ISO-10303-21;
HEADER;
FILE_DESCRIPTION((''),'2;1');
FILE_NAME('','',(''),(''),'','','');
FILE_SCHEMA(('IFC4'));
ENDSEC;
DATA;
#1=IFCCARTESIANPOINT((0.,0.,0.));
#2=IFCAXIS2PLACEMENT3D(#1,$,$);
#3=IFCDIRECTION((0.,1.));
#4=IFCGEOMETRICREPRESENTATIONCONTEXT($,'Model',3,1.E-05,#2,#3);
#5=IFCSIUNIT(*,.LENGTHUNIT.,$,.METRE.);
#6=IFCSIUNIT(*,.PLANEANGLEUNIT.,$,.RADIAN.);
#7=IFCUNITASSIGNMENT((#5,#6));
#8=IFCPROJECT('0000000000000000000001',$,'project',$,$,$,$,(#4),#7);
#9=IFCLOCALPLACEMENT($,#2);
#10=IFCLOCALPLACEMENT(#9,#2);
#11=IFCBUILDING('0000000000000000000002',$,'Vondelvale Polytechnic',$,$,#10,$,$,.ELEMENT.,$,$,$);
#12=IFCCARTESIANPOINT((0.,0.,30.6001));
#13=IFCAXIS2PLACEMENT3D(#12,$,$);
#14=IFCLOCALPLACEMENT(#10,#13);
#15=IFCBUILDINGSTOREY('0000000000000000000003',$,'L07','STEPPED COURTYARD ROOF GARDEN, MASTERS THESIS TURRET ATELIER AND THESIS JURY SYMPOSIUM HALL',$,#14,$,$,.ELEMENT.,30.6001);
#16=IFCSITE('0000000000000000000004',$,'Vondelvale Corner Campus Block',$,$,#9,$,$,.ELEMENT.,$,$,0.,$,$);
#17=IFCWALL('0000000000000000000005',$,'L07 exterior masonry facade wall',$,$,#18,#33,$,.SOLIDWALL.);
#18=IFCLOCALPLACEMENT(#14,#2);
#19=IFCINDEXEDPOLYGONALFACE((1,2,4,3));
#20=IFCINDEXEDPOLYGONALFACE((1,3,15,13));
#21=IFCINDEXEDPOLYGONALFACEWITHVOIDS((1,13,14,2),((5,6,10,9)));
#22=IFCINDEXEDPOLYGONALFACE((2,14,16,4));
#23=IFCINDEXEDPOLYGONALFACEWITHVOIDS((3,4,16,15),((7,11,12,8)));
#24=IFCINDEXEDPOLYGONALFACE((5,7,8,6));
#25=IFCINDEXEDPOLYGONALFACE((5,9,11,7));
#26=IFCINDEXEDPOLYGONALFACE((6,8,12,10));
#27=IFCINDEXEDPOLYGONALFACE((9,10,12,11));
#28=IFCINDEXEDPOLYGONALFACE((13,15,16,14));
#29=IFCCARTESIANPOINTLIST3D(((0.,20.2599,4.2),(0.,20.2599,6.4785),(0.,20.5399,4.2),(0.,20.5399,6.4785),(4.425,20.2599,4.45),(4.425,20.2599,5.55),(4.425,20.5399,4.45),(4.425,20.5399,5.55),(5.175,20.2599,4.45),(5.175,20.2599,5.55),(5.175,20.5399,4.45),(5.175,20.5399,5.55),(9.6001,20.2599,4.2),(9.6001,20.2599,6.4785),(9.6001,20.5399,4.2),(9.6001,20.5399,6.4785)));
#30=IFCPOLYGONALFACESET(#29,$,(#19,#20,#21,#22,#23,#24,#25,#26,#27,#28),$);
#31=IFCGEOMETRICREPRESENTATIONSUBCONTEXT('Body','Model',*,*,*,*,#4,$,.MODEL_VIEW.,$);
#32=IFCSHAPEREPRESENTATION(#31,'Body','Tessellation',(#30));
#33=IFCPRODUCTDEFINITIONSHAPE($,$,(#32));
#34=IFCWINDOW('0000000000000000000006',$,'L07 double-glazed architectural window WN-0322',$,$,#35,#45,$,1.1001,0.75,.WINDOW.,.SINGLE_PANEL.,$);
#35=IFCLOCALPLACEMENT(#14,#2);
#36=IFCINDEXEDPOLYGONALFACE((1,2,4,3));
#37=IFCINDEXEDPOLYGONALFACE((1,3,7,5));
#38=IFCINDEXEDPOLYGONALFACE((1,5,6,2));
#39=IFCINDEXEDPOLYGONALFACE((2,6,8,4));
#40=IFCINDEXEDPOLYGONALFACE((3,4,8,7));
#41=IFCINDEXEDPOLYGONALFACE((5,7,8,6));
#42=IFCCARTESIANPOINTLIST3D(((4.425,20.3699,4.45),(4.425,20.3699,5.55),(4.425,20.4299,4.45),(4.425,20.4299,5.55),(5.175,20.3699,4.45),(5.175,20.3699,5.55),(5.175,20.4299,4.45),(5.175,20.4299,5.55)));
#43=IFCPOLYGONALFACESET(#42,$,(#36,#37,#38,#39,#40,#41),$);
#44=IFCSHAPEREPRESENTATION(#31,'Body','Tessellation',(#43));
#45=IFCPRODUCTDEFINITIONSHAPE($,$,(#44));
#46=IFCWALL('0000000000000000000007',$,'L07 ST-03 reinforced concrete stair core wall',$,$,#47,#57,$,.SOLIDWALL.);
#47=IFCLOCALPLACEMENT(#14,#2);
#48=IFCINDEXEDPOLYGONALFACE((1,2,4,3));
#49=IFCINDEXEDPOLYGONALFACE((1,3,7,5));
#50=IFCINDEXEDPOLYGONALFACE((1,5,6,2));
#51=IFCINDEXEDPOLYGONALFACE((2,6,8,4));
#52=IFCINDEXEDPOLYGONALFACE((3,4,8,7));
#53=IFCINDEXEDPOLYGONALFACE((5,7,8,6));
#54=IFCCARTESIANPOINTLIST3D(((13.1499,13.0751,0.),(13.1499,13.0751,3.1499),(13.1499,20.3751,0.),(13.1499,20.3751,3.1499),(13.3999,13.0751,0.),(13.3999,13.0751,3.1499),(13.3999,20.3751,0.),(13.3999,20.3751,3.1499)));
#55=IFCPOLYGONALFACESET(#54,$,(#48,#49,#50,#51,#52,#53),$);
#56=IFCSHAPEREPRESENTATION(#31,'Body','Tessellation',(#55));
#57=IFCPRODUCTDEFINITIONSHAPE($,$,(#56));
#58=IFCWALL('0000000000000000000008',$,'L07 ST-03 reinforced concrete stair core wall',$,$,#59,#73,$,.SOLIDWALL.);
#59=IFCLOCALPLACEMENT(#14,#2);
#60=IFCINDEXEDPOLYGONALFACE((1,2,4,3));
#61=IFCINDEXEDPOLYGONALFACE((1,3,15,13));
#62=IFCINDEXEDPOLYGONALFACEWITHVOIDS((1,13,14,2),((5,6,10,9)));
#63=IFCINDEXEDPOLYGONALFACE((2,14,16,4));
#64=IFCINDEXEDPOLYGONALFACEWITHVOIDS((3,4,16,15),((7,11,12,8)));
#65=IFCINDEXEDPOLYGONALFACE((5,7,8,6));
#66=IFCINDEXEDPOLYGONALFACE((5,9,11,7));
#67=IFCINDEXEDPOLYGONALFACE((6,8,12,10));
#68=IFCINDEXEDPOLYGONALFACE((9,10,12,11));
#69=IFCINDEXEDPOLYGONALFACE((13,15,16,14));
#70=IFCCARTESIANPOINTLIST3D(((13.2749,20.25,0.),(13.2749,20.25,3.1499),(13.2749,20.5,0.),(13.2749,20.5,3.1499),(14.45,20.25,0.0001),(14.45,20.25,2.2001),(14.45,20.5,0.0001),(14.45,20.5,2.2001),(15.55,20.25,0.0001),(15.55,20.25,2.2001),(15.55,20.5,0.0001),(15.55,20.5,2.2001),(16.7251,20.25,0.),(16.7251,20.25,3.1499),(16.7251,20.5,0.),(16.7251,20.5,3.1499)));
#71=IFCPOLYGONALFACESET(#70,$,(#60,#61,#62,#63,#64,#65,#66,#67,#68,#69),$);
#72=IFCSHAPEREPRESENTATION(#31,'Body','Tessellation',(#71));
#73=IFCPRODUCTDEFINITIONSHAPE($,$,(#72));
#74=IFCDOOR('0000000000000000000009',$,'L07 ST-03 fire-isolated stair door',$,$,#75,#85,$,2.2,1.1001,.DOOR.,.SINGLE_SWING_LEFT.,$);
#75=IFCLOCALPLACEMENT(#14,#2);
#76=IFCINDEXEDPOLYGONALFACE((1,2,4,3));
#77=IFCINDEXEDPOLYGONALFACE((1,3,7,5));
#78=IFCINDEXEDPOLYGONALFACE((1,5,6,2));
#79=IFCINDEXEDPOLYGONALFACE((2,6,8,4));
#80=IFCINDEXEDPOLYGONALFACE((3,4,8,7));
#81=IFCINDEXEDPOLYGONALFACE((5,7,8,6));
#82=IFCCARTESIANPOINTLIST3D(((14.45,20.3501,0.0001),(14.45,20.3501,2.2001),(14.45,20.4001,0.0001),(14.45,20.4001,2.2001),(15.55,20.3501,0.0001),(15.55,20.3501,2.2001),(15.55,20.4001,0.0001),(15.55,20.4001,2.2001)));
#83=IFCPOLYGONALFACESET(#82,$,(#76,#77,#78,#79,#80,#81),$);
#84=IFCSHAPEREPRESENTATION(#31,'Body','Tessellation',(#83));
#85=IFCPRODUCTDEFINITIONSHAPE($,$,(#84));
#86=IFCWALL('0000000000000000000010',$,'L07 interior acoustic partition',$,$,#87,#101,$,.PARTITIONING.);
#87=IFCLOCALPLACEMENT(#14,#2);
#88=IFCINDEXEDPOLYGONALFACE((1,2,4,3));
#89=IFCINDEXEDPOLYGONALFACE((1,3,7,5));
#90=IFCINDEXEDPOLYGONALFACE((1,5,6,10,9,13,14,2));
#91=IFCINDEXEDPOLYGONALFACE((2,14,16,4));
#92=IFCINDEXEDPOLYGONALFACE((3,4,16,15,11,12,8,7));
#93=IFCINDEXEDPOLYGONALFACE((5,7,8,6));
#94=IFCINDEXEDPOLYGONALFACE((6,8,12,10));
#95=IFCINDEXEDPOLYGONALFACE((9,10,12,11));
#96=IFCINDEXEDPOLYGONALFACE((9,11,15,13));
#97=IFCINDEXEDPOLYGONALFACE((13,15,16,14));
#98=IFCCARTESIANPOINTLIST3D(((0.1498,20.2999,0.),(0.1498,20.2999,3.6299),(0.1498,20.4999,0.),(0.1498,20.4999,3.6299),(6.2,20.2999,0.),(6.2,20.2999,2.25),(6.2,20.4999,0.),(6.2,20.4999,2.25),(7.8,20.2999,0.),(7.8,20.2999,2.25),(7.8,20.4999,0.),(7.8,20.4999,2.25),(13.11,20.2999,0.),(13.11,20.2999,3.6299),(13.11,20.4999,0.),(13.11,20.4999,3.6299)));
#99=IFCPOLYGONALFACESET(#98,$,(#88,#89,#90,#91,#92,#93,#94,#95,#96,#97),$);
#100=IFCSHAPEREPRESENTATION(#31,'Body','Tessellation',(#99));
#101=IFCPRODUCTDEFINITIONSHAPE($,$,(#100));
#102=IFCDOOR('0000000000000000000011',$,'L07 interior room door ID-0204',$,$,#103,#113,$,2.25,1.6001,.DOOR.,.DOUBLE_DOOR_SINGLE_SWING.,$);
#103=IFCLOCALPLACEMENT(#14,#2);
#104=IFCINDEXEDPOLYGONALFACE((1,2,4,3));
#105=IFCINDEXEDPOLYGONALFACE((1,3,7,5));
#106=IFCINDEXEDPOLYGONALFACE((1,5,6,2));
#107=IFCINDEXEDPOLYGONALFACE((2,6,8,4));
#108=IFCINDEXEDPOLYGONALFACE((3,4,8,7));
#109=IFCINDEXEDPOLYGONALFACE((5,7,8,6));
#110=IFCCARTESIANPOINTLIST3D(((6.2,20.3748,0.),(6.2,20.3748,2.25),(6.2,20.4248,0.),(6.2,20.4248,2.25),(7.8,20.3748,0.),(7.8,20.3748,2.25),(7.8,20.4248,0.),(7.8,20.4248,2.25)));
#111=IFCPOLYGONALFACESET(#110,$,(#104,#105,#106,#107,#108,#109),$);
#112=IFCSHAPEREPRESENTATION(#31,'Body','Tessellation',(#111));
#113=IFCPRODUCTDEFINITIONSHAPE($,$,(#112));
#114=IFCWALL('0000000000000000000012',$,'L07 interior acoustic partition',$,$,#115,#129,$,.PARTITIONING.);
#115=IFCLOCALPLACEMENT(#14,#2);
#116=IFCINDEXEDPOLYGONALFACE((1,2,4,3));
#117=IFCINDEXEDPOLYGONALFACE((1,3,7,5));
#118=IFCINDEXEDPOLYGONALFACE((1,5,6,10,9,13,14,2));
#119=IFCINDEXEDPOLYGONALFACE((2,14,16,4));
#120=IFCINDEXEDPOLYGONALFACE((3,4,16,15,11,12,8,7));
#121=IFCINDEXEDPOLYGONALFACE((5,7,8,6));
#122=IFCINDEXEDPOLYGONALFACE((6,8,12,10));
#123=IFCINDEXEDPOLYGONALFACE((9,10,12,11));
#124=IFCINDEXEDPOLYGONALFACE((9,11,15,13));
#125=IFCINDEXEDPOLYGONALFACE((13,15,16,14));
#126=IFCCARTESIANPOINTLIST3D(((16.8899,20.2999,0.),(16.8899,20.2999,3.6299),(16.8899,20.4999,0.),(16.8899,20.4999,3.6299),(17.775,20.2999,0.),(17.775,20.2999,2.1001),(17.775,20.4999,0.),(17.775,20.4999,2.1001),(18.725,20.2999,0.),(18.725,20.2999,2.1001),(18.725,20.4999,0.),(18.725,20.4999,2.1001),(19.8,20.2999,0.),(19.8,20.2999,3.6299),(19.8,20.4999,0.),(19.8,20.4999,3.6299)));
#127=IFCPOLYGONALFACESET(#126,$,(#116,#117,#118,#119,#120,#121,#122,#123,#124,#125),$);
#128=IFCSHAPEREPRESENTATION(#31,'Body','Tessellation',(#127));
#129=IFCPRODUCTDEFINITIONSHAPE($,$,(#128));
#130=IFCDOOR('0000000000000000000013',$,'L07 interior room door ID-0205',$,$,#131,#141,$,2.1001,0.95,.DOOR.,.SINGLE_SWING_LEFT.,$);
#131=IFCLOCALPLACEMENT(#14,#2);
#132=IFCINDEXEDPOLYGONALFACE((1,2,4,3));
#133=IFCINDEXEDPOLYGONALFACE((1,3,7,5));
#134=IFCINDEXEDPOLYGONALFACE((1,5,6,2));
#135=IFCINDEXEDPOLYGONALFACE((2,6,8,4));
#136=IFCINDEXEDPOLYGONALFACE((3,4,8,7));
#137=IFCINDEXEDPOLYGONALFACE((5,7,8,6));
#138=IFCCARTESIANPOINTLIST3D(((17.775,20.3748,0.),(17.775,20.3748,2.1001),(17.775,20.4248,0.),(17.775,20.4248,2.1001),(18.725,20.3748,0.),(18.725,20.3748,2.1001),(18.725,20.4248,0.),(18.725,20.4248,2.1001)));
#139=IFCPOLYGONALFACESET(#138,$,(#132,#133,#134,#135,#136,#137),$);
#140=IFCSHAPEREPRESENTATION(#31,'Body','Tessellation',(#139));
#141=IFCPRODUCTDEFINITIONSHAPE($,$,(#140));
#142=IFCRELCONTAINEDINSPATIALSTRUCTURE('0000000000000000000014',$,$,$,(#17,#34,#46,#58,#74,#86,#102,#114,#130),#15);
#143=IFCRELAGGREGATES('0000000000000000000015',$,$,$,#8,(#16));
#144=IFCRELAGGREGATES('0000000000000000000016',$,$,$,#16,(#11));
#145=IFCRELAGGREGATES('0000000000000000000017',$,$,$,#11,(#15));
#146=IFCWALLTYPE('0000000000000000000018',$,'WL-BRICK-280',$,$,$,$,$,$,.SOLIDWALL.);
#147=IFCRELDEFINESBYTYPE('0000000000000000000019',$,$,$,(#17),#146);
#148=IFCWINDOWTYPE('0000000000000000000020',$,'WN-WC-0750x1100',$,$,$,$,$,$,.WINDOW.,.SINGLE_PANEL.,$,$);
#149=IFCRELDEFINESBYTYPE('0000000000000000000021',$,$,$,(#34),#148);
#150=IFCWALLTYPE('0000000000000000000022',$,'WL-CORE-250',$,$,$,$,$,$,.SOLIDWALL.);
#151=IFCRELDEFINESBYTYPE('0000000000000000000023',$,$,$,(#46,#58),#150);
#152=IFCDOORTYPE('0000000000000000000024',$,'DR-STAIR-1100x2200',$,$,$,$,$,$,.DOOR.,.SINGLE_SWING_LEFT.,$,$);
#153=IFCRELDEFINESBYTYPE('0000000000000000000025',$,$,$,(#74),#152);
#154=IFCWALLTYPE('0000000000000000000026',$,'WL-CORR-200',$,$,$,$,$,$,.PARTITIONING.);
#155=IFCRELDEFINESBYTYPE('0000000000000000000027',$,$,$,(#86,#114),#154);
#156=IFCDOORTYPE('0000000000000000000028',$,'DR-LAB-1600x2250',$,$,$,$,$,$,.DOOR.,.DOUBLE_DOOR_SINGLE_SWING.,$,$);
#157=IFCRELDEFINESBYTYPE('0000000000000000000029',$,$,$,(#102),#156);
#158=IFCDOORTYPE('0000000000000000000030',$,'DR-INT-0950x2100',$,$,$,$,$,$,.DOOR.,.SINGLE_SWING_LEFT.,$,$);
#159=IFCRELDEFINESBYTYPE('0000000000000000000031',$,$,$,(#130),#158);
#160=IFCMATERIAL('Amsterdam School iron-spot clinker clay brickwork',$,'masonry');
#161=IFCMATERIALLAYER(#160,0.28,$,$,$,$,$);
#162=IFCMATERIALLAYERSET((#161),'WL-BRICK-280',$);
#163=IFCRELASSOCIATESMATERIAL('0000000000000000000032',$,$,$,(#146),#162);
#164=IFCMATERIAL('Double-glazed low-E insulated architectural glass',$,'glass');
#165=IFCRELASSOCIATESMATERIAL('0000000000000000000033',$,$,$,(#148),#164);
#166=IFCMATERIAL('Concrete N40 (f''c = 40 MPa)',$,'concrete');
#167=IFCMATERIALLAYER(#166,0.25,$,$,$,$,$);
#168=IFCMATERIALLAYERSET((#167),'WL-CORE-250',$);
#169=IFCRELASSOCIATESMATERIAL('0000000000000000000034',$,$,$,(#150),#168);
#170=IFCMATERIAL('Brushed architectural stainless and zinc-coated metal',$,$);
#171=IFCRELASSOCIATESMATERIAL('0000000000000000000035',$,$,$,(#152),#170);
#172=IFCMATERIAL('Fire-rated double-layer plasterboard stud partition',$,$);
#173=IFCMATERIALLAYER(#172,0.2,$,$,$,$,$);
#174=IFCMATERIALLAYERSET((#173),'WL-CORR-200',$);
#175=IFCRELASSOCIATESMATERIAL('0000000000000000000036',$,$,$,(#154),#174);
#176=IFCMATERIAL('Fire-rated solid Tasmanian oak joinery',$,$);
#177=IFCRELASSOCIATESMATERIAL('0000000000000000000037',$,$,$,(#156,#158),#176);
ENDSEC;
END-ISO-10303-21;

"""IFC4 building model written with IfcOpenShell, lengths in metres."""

from ifc_helpers import new_model, si_unit, direction, frame, frame_2d, origin, place, context, subcontext, project, spatial, rectangle, extrude, material, layer, layer_set, type_object, element, fill, save


model = new_model("IFC4")

# Units and contexts
model_context = context("Model", 3, precision=1e-05, world=origin(), true_north=direction((0.0, 1.0)))
body_context = subcontext(model_context, "Body", "Model", "MODEL_VIEW")
ifc_project = project(units=[si_unit("LENGTHUNIT", "METRE"), si_unit("PLANEANGLEUNIT", "RADIAN")], contexts=[model_context])

# Site, building, storey
site_placement = place(None, origin())
site = spatial("IfcSite", under=ifc_project, at=site_placement, Name="Vondelvale Corner Campus Block", CompositionType="ELEMENT", RefElevation=0.0)
building_placement = place(site_placement, origin())
building = spatial("IfcBuilding", under=site, at=building_placement, Name="Vondelvale Polytechnic", CompositionType="ELEMENT")
storey_placement = place(building_placement, frame((0.0, 0.0, 30.6001)))
storey = spatial("IfcBuildingStorey", under=building, at=storey_placement, Name="L07", Description="STEPPED COURTYARD ROOF GARDEN, MASTERS THESIS TURRET ATELIER AND THESIS JURY SYMPOSIUM HALL", CompositionType="ELEMENT", Elevation=30.6001)

# Shared definitions
ifc_material_1 = material(Name="Concrete N40 (f'c = 40 MPa)", Category="concrete")

# Shared definitions
ifc_material_2 = material(Name="Amsterdam School iron-spot clinker clay brickwork", Category="masonry")
ifc_layer_1 = layer(ifc_material_2, 0.28)
ifc_layer_set_1 = layer_set([ifc_layer_1], Name="WL-BRICK-280")
wall_type_1 = type_object("IfcWallType", Name="WL-BRICK-280", PredefinedType="SOLIDWALL", material=ifc_layer_set_1)
ifc_material_3 = material(Name="Double-glazed low-E insulated architectural glass", Category="glass")

# Wall, opening, window
wall_1_placement = place(storey_placement, frame((9.6001, 20.3999, 4.2), z_axis=(0.0, 0.0, 1.0), x_axis=(-1.0, 0.0, 0.0)))
wall_1 = element("IfcWall", 1, at=wall_1_placement, inside=storey, type_object=wall_type_1, Name="L07 exterior masonry facade wall", PredefinedType="SOLIDWALL", context=body_context, shape_type="SweptSolid", body=[
    extrude(rectangle(XDim=9.6001, YDim=0.28, at=frame_2d((4.8, 0.0))), origin(), (0.0, 0.0, 1.0), 2.2786),
])
opening_1_placement = place(wall_1_placement, frame((4.425, 0.0, 0.25)))
opening_1 = element("IfcOpeningElement", 2, at=opening_1_placement, cuts=wall_1, PredefinedType="OPENING", context=body_context, shape_type="SweptSolid", body=[
    extrude(rectangle(XDim=0.75, YDim=1.1001, at=frame_2d((0.375, 0.55))), frame((0.0, 0.1499, 0.0), z_axis=(0.0, -1.0, 0.0), x_axis=(1.0, 0.0, 0.0)), (0.0, 0.0, 1.0), 0.3),
])
window_type_1 = type_object("IfcWindowType", Name="WN-WC-0750x1100", PartitioningType="SINGLE_PANEL", PredefinedType="WINDOW", material=ifc_material_3)
window_1_placement = place(opening_1_placement, origin())
window_1 = element("IfcWindow", 3, at=window_1_placement, inside=storey, type_object=window_type_1, Name="L07 double-glazed architectural window WN-0322", OverallHeight=1.1001, OverallWidth=0.75, PartitioningType="SINGLE_PANEL", PredefinedType="WINDOW", context=body_context, shape_type="SweptSolid", body=[
    extrude(rectangle(XDim=0.75, YDim=1.1001, at=frame_2d((0.375, 0.55))), frame((0.0, 0.03, 0.0), z_axis=(0.0, -1.0, 0.0), x_axis=(1.0, 0.0, 0.0)), (0.0, 0.0, 1.0), 0.0601),
])
fill(opening_1, window_1)

# Wall
ifc_layer_2 = layer(ifc_material_1, 0.25)
ifc_layer_set_2 = layer_set([ifc_layer_2], Name="WL-CORE-250")
wall_type_2 = type_object("IfcWallType", Name="WL-CORE-250", PredefinedType="SOLIDWALL", material=ifc_layer_set_2)
wall_2_placement = place(storey_placement, frame((13.2749, 20.375, 0.0), z_axis=(0.0, 0.0, 1.0), x_axis=(0.0, -1.0, 0.0)))
element("IfcWall", 4, at=wall_2_placement, inside=storey, type_object=wall_type_2, Name="L07 ST-03 reinforced concrete stair core wall", PredefinedType="SOLIDWALL", context=body_context, shape_type="SweptSolid", body=[
    extrude(rectangle(XDim=7.3, YDim=0.25, at=frame_2d((3.6499, 0.0))), origin(), (0.0, 0.0, 1.0), 3.1499),
])

# Walls, openings, doors
wall_3_placement = place(storey_placement, frame((16.7251, 20.375, 0.0), z_axis=(0.0, 0.0, 1.0), x_axis=(-1.0, 0.0, 0.0)))
wall_3 = element("IfcWall", 5, at=wall_3_placement, inside=storey, type_object=wall_type_2, Name="L07 ST-03 reinforced concrete stair core wall", PredefinedType="SOLIDWALL", context=body_context, shape_type="SweptSolid", body=[
    extrude(rectangle(XDim=3.4502, YDim=0.25, at=frame_2d((1.7251, 0.0))), origin(), (0.0, 0.0, 1.0), 3.1499),
])
opening_2_placement = place(wall_3_placement, frame((1.175, 0.0, 0.0)))
opening_2 = element("IfcOpeningElement", 6, at=opening_2_placement, cuts=wall_3, PredefinedType="OPENING", context=body_context, shape_type="SweptSolid", body=[
    extrude(rectangle(XDim=1.1001, YDim=2.2, at=frame_2d((0.55, 1.1001))), frame((0.0, 0.135, 0.0), z_axis=(0.0, -1.0, 0.0), x_axis=(1.0, 0.0, 0.0)), (0.0, 0.0, 1.0), 0.27),
])
ifc_material_4 = material(Name="Brushed architectural stainless and zinc-coated metal")
door_type_1 = type_object("IfcDoorType", Name="DR-STAIR-1100x2200", OperationType="SINGLE_SWING_LEFT", PredefinedType="DOOR", material=ifc_material_4)
door_1_placement = place(opening_2_placement, origin())
door_1 = element("IfcDoor", 7, at=door_1_placement, inside=storey, type_object=door_type_1, Name="L07 ST-03 fire-isolated stair door", OperationType="SINGLE_SWING_LEFT", OverallHeight=2.2, OverallWidth=1.1001, PredefinedType="DOOR", context=body_context, shape_type="SweptSolid", body=[
    extrude(rectangle(XDim=1.1001, YDim=2.2, at=frame_2d((0.55, 1.1001))), frame((0.0, 0.0249, 0.0), z_axis=(0.0, -1.0, 0.0), x_axis=(1.0, 0.0, 0.0)), (0.0, 0.0, 1.0), 0.05),
])
fill(opening_2, door_1)
ifc_material_5 = material(Name="Fire-rated double-layer plasterboard stud partition")
ifc_layer_3 = layer(ifc_material_5, 0.2)
ifc_layer_set_3 = layer_set([ifc_layer_3], Name="WL-CORR-200")
wall_type_3 = type_object("IfcWallType", Name="WL-CORR-200", PredefinedType="PARTITIONING", material=ifc_layer_set_3)
wall_4_placement = place(storey_placement, frame((0.1499, 20.3999, 0.0), z_axis=(0.0, 0.0, 1.0), x_axis=(1.0, 0.0, 0.0)))
wall_4 = element("IfcWall", 8, at=wall_4_placement, inside=storey, type_object=wall_type_3, Name="L07 interior acoustic partition", PredefinedType="PARTITIONING", context=body_context, shape_type="SweptSolid", body=[
    extrude(rectangle(XDim=12.9602, YDim=0.2, at=frame_2d((6.48, 0.0))), origin(), (0.0, 0.0, 1.0), 3.6299),
])
opening_3_placement = place(wall_4_placement, frame((6.05, 0.0, 0.0)))
opening_3 = element("IfcOpeningElement", 9, at=opening_3_placement, cuts=wall_4, PredefinedType="OPENING", context=body_context, shape_type="SweptSolid", body=[
    extrude(rectangle(XDim=1.6001, YDim=2.25, at=frame_2d((0.8, 1.125))), frame((0.0, 0.1099, 0.0), z_axis=(0.0, -1.0, 0.0), x_axis=(1.0, 0.0, 0.0)), (0.0, 0.0, 1.0), 0.22),
])
ifc_material_6 = material(Name="Fire-rated solid Tasmanian oak joinery")
door_type_2 = type_object("IfcDoorType", Name="DR-LAB-1600x2250", OperationType="DOUBLE_DOOR_SINGLE_SWING", PredefinedType="DOOR", material=ifc_material_6)
door_2_placement = place(opening_3_placement, origin())
door_2 = element("IfcDoor", 10, at=door_2_placement, inside=storey, type_object=door_type_2, Name="L07 interior room door ID-0204", OperationType="DOUBLE_DOOR_SINGLE_SWING", OverallHeight=2.25, OverallWidth=1.6001, PredefinedType="DOOR", context=body_context, shape_type="SweptSolid", body=[
    extrude(rectangle(XDim=1.6001, YDim=2.25, at=frame_2d((0.8, 1.125))), frame((0.0, 0.0249, 0.0), z_axis=(0.0, -1.0, 0.0), x_axis=(1.0, 0.0, 0.0)), (0.0, 0.0, 1.0), 0.05),
])
fill(opening_3, door_2)
wall_5_placement = place(storey_placement, frame((16.8899, 20.3999, 0.0), z_axis=(0.0, 0.0, 1.0), x_axis=(1.0, 0.0, 0.0)))
wall_5 = element("IfcWall", 11, at=wall_5_placement, inside=storey, type_object=wall_type_3, Name="L07 interior acoustic partition", PredefinedType="PARTITIONING", context=body_context, shape_type="SweptSolid", body=[
    extrude(rectangle(XDim=2.9102, YDim=0.2, at=frame_2d((1.4551, 0.0))), origin(), (0.0, 0.0, 1.0), 3.6299),
])
opening_4_placement = place(wall_5_placement, frame((0.885, 0.0, 0.0)))
opening_4 = element("IfcOpeningElement", 12, at=opening_4_placement, cuts=wall_5, PredefinedType="OPENING", context=body_context, shape_type="SweptSolid", body=[
    extrude(rectangle(XDim=0.95, YDim=2.1001, at=frame_2d((0.4751, 1.05))), frame((0.0, 0.1099, 0.0), z_axis=(0.0, -1.0, 0.0), x_axis=(1.0, 0.0, 0.0)), (0.0, 0.0, 1.0), 0.22),
])
door_type_3 = type_object("IfcDoorType", Name="DR-INT-0950x2100", OperationType="SINGLE_SWING_LEFT", PredefinedType="DOOR", material=ifc_material_6)
door_3_placement = place(opening_4_placement, origin())
door_3 = element("IfcDoor", 13, at=door_3_placement, inside=storey, type_object=door_type_3, Name="L07 interior room door ID-0205", OperationType="SINGLE_SWING_LEFT", OverallHeight=2.1001, OverallWidth=0.95, PredefinedType="DOOR", context=body_context, shape_type="SweptSolid", body=[
    extrude(rectangle(XDim=0.95, YDim=2.1001, at=frame_2d((0.4751, 1.05))), frame((0.0, 0.0249, 0.0), z_axis=(0.0, -1.0, 0.0), x_axis=(1.0, 0.0, 0.0)), (0.0, 0.0, 1.0), 0.05),
])
fill(opening_4, door_3)

save(model, "model.ifc")
